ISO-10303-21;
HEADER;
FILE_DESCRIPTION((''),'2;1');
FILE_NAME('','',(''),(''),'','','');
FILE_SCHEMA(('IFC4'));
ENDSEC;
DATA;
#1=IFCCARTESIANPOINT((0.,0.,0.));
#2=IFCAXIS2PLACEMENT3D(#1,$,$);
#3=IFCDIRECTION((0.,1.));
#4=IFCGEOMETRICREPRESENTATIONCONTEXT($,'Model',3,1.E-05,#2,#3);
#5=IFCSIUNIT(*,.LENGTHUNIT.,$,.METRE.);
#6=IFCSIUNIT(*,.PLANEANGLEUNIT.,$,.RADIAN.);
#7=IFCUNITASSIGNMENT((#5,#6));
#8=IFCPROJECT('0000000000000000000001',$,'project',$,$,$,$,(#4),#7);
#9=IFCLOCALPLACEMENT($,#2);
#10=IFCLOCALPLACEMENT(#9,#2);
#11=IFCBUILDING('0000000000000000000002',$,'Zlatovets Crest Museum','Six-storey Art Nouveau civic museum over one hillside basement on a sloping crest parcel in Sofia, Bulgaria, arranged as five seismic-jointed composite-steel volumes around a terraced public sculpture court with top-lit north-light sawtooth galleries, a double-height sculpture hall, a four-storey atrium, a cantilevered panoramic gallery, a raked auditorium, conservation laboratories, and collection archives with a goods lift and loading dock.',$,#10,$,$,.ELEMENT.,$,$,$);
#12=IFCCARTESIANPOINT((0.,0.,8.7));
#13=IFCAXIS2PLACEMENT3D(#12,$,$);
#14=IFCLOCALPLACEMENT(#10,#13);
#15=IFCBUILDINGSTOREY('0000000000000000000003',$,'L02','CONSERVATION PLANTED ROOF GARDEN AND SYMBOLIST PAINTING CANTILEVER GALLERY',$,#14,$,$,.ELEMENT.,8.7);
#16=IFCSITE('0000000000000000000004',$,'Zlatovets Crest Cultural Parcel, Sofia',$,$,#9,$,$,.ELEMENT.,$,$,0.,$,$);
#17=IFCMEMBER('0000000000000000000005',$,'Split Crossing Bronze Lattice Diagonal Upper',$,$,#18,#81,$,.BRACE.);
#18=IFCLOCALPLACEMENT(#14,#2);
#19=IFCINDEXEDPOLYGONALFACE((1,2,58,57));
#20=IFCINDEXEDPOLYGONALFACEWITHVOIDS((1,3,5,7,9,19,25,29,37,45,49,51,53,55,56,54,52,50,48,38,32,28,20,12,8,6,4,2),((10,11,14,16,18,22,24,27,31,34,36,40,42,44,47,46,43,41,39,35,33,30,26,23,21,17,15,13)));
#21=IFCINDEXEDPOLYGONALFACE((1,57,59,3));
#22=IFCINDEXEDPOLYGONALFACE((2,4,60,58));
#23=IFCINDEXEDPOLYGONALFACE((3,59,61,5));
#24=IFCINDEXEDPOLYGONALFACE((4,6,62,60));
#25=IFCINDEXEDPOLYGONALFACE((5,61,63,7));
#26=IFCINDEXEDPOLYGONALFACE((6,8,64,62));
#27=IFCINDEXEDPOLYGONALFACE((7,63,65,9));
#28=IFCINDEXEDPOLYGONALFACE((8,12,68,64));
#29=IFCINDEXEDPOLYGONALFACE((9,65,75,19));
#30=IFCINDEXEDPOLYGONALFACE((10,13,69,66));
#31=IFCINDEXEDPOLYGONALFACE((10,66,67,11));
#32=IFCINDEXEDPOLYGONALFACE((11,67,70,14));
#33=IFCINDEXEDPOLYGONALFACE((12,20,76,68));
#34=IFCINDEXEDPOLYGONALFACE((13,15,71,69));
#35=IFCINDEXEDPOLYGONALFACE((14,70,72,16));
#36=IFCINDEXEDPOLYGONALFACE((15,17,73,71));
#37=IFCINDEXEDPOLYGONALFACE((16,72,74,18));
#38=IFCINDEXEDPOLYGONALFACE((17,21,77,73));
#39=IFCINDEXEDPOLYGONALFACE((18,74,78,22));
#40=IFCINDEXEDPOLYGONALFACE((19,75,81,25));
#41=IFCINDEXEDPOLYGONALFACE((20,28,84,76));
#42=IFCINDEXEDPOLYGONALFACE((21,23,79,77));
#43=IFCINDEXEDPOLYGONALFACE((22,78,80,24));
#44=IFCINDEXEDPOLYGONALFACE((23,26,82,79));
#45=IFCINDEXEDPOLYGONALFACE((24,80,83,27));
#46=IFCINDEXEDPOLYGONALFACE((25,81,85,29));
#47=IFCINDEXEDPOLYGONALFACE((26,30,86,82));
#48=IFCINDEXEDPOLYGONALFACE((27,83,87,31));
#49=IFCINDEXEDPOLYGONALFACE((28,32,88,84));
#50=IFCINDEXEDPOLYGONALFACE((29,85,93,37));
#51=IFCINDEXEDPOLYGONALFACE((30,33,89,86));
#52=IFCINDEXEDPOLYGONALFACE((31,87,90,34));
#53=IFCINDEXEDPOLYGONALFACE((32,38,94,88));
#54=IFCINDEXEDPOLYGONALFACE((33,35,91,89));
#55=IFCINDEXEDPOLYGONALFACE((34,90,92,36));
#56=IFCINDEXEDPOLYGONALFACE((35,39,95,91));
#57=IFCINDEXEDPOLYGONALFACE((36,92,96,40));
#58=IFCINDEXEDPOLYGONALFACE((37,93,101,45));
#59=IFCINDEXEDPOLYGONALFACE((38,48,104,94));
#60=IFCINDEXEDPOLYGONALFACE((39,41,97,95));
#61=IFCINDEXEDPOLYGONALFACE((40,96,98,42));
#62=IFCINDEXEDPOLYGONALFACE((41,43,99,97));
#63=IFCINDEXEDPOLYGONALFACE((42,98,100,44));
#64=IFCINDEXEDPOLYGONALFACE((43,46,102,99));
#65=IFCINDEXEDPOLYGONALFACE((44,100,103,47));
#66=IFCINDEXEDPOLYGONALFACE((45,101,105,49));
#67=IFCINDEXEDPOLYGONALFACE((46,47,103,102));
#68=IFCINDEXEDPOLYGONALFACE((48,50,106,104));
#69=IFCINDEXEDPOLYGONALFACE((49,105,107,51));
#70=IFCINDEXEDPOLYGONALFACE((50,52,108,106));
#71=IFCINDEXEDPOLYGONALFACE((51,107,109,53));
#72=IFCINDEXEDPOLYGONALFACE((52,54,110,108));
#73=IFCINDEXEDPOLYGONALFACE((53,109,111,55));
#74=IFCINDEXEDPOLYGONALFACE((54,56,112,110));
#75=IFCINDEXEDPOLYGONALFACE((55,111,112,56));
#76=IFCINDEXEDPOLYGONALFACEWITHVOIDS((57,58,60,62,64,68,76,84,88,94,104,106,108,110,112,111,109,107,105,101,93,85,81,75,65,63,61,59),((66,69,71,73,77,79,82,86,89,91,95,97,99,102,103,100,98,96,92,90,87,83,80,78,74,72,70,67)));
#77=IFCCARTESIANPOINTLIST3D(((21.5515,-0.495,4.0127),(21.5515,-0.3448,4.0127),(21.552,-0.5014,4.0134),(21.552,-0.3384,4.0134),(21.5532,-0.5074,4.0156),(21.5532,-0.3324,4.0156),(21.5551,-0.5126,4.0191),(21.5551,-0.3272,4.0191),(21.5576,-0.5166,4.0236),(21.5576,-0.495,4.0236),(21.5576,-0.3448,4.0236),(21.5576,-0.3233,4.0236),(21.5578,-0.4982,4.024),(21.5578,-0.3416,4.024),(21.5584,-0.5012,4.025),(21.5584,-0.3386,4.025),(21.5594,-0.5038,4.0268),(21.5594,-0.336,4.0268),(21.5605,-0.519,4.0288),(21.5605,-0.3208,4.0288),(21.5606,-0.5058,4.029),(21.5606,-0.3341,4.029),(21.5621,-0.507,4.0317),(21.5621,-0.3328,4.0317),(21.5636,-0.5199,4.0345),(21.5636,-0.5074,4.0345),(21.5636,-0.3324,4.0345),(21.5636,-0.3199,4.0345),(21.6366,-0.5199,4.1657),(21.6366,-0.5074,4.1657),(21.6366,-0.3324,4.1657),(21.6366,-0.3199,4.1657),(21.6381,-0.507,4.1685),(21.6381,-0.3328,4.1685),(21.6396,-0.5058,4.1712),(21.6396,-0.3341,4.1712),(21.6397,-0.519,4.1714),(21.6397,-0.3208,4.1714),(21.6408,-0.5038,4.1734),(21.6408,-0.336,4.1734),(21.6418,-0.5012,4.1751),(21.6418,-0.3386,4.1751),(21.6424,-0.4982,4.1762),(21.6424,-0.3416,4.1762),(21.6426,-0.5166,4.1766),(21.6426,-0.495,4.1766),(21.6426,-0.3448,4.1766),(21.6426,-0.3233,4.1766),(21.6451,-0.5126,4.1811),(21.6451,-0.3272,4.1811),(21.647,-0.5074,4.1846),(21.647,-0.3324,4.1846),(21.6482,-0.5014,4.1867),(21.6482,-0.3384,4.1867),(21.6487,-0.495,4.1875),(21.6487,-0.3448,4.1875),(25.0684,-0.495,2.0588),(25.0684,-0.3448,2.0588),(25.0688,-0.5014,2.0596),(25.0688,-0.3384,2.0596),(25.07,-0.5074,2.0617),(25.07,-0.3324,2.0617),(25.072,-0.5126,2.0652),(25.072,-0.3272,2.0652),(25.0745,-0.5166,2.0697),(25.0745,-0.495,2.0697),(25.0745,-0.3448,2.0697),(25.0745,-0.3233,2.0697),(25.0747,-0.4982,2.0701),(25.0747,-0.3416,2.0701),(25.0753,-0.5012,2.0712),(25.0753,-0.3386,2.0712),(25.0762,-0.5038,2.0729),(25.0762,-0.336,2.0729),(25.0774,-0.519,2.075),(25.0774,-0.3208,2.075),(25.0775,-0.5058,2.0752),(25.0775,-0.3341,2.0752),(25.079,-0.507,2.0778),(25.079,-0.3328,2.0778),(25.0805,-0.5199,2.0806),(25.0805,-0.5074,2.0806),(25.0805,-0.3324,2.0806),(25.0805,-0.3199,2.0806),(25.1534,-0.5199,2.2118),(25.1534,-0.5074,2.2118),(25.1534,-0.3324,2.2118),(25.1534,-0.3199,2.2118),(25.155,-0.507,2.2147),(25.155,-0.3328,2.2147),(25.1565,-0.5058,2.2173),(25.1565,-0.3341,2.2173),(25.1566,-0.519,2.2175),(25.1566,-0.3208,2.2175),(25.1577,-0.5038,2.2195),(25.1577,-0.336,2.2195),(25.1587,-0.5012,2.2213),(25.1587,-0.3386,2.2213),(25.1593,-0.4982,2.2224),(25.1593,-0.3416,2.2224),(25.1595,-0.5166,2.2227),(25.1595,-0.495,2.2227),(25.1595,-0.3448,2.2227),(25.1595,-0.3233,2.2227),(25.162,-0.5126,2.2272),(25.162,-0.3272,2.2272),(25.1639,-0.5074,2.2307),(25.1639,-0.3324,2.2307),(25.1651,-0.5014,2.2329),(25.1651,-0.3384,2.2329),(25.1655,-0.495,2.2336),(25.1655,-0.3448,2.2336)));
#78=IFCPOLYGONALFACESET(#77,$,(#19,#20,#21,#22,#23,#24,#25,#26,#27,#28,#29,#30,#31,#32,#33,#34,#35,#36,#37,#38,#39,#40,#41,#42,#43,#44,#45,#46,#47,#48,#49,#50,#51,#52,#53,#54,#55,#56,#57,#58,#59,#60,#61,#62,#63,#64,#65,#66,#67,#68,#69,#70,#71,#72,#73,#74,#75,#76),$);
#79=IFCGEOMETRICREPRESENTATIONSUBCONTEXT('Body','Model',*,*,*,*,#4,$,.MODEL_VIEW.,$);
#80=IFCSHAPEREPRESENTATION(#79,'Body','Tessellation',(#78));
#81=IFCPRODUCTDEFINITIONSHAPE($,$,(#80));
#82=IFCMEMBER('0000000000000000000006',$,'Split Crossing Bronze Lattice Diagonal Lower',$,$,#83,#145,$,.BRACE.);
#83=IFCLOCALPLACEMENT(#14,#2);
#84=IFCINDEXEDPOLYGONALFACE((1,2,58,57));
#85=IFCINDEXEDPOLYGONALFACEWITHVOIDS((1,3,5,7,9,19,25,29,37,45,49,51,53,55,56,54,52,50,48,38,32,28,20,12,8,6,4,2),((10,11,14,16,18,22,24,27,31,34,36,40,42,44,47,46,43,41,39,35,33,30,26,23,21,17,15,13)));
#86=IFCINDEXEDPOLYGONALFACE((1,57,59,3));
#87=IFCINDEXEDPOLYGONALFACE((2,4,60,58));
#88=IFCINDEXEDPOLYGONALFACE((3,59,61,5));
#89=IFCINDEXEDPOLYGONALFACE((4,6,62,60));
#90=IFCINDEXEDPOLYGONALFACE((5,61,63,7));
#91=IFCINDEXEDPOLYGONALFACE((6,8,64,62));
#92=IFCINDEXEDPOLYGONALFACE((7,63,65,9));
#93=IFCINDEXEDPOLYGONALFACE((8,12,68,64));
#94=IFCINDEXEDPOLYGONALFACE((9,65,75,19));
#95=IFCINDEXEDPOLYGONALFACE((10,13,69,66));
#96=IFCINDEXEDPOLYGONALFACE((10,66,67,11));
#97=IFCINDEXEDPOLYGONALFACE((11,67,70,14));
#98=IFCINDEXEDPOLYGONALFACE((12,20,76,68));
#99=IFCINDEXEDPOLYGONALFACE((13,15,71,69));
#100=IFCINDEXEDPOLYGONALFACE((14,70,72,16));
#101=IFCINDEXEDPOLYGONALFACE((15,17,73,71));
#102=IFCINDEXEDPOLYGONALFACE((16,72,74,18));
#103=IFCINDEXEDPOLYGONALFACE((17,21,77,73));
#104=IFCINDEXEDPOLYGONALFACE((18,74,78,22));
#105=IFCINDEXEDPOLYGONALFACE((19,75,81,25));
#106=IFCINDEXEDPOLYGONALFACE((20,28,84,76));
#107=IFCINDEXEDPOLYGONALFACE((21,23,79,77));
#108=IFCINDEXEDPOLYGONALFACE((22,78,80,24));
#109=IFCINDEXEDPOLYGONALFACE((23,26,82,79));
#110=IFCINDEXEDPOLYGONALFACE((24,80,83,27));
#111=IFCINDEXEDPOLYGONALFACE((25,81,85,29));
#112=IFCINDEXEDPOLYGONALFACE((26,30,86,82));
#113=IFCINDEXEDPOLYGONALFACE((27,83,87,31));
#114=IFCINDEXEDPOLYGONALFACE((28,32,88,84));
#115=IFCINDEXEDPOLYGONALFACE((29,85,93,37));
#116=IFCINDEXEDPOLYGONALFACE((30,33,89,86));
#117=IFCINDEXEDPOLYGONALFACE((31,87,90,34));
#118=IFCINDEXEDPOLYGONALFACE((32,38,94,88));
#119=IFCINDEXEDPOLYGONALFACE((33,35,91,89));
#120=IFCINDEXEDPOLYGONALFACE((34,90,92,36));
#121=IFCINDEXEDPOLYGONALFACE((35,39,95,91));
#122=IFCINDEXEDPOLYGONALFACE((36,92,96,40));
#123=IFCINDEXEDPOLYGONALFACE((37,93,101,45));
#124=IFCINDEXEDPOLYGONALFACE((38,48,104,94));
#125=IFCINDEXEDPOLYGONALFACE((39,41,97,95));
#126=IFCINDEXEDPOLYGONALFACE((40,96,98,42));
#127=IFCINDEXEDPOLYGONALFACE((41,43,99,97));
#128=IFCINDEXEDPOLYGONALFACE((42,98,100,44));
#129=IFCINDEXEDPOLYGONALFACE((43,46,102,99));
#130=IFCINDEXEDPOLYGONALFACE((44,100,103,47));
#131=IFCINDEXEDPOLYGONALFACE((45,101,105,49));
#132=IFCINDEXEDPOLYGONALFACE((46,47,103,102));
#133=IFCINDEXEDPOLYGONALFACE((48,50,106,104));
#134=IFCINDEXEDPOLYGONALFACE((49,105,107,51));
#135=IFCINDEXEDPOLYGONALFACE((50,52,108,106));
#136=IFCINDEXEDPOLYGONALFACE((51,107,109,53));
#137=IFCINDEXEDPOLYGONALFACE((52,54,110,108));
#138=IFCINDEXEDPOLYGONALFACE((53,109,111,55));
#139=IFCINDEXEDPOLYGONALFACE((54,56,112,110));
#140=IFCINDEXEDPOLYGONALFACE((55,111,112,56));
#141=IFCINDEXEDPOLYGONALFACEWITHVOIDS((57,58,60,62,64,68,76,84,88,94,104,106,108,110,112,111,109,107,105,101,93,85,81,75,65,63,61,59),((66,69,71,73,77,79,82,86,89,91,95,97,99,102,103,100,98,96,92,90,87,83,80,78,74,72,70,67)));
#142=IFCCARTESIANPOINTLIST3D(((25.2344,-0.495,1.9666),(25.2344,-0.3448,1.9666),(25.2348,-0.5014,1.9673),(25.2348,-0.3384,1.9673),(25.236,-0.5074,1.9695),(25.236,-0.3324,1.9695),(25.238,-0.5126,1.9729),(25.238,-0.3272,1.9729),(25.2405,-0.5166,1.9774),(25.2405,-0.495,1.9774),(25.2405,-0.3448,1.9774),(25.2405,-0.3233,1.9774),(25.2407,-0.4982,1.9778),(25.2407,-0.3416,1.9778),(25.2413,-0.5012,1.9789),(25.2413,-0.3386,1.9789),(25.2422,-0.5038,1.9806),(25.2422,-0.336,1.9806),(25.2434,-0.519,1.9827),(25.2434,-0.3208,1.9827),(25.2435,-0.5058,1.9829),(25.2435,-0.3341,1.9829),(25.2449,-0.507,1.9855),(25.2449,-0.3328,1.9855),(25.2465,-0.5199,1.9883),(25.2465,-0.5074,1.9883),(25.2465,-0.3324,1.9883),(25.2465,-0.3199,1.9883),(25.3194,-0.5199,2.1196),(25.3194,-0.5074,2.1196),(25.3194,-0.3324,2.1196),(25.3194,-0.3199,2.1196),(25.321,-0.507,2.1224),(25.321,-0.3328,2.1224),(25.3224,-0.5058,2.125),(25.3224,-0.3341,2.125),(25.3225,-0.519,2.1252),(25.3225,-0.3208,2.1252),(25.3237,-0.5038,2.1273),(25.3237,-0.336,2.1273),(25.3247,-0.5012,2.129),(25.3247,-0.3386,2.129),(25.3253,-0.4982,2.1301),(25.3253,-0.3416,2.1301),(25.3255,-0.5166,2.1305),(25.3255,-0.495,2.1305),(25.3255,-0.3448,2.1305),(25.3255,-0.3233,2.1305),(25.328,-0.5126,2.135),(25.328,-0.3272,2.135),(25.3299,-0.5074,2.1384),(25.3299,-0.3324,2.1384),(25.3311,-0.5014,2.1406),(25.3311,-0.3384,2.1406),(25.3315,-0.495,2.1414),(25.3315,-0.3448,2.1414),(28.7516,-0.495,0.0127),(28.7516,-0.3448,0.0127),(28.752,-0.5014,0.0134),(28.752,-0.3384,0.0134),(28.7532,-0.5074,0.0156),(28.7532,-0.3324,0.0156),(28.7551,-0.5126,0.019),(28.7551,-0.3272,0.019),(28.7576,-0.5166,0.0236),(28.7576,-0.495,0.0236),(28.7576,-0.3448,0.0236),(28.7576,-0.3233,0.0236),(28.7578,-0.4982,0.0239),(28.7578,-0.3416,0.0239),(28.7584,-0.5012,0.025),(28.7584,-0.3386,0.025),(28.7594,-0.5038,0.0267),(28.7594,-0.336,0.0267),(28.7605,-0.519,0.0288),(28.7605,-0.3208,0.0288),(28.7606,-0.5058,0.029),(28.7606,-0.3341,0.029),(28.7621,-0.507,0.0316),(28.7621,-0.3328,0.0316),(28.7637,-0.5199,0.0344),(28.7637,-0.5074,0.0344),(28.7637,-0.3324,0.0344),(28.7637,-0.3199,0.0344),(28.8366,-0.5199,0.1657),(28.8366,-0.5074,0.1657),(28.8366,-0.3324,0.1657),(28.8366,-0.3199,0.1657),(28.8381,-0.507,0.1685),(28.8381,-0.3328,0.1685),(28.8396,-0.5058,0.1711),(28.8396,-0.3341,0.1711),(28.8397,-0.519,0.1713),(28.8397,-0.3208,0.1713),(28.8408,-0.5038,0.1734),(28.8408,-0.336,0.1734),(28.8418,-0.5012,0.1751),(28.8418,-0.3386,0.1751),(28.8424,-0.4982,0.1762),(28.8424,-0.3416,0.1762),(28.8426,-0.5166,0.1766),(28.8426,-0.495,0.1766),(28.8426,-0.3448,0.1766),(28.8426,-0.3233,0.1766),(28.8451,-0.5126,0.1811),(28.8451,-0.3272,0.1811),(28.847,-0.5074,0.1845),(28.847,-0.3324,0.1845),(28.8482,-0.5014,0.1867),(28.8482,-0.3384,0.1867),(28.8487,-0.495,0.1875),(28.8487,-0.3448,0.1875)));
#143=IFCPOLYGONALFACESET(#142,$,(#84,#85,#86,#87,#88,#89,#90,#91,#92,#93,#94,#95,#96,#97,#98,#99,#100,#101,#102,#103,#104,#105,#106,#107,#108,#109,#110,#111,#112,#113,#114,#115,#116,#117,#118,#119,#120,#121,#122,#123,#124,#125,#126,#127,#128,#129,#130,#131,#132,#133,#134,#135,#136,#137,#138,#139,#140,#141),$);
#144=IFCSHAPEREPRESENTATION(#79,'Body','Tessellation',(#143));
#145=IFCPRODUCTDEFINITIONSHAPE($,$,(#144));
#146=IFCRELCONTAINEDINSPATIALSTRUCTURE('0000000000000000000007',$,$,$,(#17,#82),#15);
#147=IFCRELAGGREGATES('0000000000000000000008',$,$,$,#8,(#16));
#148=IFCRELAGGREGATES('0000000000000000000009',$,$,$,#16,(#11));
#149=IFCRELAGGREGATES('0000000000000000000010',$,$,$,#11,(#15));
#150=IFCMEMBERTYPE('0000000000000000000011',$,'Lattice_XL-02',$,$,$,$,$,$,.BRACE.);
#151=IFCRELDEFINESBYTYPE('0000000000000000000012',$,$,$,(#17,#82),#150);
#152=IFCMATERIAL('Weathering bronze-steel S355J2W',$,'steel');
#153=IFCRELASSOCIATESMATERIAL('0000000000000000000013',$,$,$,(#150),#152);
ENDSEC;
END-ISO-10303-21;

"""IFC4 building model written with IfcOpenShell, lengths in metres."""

from ifc_helpers import new_model, si_unit, direction, frame, origin, origin_2d, place, context, subcontext, project, spatial, hollow_rectangle, extrude, material, material_profile, profile_set, type_object, element, save


model = new_model("IFC4")

# Units and contexts
model_context = context("Model", 3, precision=1e-05, world=origin(), true_north=direction((0.0, 1.0)))
body_context = subcontext(model_context, "Body", "Model", "MODEL_VIEW")
ifc_project = project(units=[si_unit("LENGTHUNIT", "METRE"), si_unit("PLANEANGLEUNIT", "RADIAN")], contexts=[model_context])

# Site, building, storey
site_placement = place(None, origin())
site = spatial("IfcSite", under=ifc_project, at=site_placement, Name="Zlatovets Crest Cultural Parcel, Sofia", CompositionType="ELEMENT", RefElevation=0.0)
building_placement = place(site_placement, origin())
building = spatial("IfcBuilding", under=site, at=building_placement, Name="Zlatovets Crest Museum", Description="Six-storey Art Nouveau civic museum over one hillside basement on a sloping crest parcel in Sofia, Bulgaria, arranged as five seismic-jointed composite-steel volumes around a terraced public sculpture court with top-lit north-light sawtooth galleries, a double-height sculpture hall, a four-storey atrium, a cantilevered panoramic gallery, a raked auditorium, conservation laboratories, and collection archives with a goods lift and loading dock.", CompositionType="ELEMENT")
storey_placement = place(building_placement, frame((0.0, 0.0, 8.7)))
storey = spatial("IfcBuildingStorey", under=building, at=storey_placement, Name="L02", Description="CONSERVATION PLANTED ROOF GARDEN AND SYMBOLIST PAINTING CANTILEVER GALLERY", CompositionType="ELEMENT", Elevation=8.7)

# Members
ifc_material_1 = material(Name="Weathering bronze-steel S355J2W", Category="steel")
ifc_material_profile_1 = material_profile(ifc_material_1, hollow_rectangle(XDim=0.2, YDim=0.2, WallThickness=0.0125, InnerFilletRadius=0.0125, OuterFilletRadius=0.0249, at=origin_2d()), Name="SHS 200x200x12.5")
ifc_profile_set_1 = profile_set([ifc_material_profile_1], Name="Weathering bronze-steel S355J2W")
member_type_1 = type_object("IfcMemberType", Name="Lattice_XL-02", PredefinedType="BRACE", material=ifc_profile_set_1)
member_1_placement = place(storey_placement, frame((21.6001, -0.4199, 4.1001), z_axis=(0.874152, 0.0, -0.485653), x_axis=(0.0, 1.0, 0.0)))
element("IfcMember", 1, at=member_1_placement, inside=storey, type_object=member_type_1, Name="Split Crossing Bronze Lattice Diagonal Upper", PredefinedType="BRACE", context=body_context, shape_type="SweptSolid", body=[
    extrude(hollow_rectangle(XDim=0.2, YDim=0.2, WallThickness=0.0125, InnerFilletRadius=0.0125, OuterFilletRadius=0.0249, at=origin_2d()), origin(), (0.0, 0.0, 1.0), 4.0232),
])
member_2_placement = place(storey_placement, frame((25.283, -0.4199, 2.054), z_axis=(0.874166, 0.0, -0.485627), x_axis=(0.0, 1.0, 0.0)))
element("IfcMember", 2, at=member_2_placement, inside=storey, type_object=member_type_1, Name="Split Crossing Bronze Lattice Diagonal Lower", PredefinedType="BRACE", context=body_context, shape_type="SweptSolid", body=[
    extrude(hollow_rectangle(XDim=0.2, YDim=0.2, WallThickness=0.0125, InnerFilletRadius=0.0125, OuterFilletRadius=0.0249, at=origin_2d()), origin(), (0.0, 0.0, 1.0), 4.0234),
])

save(model, "model.ifc")
